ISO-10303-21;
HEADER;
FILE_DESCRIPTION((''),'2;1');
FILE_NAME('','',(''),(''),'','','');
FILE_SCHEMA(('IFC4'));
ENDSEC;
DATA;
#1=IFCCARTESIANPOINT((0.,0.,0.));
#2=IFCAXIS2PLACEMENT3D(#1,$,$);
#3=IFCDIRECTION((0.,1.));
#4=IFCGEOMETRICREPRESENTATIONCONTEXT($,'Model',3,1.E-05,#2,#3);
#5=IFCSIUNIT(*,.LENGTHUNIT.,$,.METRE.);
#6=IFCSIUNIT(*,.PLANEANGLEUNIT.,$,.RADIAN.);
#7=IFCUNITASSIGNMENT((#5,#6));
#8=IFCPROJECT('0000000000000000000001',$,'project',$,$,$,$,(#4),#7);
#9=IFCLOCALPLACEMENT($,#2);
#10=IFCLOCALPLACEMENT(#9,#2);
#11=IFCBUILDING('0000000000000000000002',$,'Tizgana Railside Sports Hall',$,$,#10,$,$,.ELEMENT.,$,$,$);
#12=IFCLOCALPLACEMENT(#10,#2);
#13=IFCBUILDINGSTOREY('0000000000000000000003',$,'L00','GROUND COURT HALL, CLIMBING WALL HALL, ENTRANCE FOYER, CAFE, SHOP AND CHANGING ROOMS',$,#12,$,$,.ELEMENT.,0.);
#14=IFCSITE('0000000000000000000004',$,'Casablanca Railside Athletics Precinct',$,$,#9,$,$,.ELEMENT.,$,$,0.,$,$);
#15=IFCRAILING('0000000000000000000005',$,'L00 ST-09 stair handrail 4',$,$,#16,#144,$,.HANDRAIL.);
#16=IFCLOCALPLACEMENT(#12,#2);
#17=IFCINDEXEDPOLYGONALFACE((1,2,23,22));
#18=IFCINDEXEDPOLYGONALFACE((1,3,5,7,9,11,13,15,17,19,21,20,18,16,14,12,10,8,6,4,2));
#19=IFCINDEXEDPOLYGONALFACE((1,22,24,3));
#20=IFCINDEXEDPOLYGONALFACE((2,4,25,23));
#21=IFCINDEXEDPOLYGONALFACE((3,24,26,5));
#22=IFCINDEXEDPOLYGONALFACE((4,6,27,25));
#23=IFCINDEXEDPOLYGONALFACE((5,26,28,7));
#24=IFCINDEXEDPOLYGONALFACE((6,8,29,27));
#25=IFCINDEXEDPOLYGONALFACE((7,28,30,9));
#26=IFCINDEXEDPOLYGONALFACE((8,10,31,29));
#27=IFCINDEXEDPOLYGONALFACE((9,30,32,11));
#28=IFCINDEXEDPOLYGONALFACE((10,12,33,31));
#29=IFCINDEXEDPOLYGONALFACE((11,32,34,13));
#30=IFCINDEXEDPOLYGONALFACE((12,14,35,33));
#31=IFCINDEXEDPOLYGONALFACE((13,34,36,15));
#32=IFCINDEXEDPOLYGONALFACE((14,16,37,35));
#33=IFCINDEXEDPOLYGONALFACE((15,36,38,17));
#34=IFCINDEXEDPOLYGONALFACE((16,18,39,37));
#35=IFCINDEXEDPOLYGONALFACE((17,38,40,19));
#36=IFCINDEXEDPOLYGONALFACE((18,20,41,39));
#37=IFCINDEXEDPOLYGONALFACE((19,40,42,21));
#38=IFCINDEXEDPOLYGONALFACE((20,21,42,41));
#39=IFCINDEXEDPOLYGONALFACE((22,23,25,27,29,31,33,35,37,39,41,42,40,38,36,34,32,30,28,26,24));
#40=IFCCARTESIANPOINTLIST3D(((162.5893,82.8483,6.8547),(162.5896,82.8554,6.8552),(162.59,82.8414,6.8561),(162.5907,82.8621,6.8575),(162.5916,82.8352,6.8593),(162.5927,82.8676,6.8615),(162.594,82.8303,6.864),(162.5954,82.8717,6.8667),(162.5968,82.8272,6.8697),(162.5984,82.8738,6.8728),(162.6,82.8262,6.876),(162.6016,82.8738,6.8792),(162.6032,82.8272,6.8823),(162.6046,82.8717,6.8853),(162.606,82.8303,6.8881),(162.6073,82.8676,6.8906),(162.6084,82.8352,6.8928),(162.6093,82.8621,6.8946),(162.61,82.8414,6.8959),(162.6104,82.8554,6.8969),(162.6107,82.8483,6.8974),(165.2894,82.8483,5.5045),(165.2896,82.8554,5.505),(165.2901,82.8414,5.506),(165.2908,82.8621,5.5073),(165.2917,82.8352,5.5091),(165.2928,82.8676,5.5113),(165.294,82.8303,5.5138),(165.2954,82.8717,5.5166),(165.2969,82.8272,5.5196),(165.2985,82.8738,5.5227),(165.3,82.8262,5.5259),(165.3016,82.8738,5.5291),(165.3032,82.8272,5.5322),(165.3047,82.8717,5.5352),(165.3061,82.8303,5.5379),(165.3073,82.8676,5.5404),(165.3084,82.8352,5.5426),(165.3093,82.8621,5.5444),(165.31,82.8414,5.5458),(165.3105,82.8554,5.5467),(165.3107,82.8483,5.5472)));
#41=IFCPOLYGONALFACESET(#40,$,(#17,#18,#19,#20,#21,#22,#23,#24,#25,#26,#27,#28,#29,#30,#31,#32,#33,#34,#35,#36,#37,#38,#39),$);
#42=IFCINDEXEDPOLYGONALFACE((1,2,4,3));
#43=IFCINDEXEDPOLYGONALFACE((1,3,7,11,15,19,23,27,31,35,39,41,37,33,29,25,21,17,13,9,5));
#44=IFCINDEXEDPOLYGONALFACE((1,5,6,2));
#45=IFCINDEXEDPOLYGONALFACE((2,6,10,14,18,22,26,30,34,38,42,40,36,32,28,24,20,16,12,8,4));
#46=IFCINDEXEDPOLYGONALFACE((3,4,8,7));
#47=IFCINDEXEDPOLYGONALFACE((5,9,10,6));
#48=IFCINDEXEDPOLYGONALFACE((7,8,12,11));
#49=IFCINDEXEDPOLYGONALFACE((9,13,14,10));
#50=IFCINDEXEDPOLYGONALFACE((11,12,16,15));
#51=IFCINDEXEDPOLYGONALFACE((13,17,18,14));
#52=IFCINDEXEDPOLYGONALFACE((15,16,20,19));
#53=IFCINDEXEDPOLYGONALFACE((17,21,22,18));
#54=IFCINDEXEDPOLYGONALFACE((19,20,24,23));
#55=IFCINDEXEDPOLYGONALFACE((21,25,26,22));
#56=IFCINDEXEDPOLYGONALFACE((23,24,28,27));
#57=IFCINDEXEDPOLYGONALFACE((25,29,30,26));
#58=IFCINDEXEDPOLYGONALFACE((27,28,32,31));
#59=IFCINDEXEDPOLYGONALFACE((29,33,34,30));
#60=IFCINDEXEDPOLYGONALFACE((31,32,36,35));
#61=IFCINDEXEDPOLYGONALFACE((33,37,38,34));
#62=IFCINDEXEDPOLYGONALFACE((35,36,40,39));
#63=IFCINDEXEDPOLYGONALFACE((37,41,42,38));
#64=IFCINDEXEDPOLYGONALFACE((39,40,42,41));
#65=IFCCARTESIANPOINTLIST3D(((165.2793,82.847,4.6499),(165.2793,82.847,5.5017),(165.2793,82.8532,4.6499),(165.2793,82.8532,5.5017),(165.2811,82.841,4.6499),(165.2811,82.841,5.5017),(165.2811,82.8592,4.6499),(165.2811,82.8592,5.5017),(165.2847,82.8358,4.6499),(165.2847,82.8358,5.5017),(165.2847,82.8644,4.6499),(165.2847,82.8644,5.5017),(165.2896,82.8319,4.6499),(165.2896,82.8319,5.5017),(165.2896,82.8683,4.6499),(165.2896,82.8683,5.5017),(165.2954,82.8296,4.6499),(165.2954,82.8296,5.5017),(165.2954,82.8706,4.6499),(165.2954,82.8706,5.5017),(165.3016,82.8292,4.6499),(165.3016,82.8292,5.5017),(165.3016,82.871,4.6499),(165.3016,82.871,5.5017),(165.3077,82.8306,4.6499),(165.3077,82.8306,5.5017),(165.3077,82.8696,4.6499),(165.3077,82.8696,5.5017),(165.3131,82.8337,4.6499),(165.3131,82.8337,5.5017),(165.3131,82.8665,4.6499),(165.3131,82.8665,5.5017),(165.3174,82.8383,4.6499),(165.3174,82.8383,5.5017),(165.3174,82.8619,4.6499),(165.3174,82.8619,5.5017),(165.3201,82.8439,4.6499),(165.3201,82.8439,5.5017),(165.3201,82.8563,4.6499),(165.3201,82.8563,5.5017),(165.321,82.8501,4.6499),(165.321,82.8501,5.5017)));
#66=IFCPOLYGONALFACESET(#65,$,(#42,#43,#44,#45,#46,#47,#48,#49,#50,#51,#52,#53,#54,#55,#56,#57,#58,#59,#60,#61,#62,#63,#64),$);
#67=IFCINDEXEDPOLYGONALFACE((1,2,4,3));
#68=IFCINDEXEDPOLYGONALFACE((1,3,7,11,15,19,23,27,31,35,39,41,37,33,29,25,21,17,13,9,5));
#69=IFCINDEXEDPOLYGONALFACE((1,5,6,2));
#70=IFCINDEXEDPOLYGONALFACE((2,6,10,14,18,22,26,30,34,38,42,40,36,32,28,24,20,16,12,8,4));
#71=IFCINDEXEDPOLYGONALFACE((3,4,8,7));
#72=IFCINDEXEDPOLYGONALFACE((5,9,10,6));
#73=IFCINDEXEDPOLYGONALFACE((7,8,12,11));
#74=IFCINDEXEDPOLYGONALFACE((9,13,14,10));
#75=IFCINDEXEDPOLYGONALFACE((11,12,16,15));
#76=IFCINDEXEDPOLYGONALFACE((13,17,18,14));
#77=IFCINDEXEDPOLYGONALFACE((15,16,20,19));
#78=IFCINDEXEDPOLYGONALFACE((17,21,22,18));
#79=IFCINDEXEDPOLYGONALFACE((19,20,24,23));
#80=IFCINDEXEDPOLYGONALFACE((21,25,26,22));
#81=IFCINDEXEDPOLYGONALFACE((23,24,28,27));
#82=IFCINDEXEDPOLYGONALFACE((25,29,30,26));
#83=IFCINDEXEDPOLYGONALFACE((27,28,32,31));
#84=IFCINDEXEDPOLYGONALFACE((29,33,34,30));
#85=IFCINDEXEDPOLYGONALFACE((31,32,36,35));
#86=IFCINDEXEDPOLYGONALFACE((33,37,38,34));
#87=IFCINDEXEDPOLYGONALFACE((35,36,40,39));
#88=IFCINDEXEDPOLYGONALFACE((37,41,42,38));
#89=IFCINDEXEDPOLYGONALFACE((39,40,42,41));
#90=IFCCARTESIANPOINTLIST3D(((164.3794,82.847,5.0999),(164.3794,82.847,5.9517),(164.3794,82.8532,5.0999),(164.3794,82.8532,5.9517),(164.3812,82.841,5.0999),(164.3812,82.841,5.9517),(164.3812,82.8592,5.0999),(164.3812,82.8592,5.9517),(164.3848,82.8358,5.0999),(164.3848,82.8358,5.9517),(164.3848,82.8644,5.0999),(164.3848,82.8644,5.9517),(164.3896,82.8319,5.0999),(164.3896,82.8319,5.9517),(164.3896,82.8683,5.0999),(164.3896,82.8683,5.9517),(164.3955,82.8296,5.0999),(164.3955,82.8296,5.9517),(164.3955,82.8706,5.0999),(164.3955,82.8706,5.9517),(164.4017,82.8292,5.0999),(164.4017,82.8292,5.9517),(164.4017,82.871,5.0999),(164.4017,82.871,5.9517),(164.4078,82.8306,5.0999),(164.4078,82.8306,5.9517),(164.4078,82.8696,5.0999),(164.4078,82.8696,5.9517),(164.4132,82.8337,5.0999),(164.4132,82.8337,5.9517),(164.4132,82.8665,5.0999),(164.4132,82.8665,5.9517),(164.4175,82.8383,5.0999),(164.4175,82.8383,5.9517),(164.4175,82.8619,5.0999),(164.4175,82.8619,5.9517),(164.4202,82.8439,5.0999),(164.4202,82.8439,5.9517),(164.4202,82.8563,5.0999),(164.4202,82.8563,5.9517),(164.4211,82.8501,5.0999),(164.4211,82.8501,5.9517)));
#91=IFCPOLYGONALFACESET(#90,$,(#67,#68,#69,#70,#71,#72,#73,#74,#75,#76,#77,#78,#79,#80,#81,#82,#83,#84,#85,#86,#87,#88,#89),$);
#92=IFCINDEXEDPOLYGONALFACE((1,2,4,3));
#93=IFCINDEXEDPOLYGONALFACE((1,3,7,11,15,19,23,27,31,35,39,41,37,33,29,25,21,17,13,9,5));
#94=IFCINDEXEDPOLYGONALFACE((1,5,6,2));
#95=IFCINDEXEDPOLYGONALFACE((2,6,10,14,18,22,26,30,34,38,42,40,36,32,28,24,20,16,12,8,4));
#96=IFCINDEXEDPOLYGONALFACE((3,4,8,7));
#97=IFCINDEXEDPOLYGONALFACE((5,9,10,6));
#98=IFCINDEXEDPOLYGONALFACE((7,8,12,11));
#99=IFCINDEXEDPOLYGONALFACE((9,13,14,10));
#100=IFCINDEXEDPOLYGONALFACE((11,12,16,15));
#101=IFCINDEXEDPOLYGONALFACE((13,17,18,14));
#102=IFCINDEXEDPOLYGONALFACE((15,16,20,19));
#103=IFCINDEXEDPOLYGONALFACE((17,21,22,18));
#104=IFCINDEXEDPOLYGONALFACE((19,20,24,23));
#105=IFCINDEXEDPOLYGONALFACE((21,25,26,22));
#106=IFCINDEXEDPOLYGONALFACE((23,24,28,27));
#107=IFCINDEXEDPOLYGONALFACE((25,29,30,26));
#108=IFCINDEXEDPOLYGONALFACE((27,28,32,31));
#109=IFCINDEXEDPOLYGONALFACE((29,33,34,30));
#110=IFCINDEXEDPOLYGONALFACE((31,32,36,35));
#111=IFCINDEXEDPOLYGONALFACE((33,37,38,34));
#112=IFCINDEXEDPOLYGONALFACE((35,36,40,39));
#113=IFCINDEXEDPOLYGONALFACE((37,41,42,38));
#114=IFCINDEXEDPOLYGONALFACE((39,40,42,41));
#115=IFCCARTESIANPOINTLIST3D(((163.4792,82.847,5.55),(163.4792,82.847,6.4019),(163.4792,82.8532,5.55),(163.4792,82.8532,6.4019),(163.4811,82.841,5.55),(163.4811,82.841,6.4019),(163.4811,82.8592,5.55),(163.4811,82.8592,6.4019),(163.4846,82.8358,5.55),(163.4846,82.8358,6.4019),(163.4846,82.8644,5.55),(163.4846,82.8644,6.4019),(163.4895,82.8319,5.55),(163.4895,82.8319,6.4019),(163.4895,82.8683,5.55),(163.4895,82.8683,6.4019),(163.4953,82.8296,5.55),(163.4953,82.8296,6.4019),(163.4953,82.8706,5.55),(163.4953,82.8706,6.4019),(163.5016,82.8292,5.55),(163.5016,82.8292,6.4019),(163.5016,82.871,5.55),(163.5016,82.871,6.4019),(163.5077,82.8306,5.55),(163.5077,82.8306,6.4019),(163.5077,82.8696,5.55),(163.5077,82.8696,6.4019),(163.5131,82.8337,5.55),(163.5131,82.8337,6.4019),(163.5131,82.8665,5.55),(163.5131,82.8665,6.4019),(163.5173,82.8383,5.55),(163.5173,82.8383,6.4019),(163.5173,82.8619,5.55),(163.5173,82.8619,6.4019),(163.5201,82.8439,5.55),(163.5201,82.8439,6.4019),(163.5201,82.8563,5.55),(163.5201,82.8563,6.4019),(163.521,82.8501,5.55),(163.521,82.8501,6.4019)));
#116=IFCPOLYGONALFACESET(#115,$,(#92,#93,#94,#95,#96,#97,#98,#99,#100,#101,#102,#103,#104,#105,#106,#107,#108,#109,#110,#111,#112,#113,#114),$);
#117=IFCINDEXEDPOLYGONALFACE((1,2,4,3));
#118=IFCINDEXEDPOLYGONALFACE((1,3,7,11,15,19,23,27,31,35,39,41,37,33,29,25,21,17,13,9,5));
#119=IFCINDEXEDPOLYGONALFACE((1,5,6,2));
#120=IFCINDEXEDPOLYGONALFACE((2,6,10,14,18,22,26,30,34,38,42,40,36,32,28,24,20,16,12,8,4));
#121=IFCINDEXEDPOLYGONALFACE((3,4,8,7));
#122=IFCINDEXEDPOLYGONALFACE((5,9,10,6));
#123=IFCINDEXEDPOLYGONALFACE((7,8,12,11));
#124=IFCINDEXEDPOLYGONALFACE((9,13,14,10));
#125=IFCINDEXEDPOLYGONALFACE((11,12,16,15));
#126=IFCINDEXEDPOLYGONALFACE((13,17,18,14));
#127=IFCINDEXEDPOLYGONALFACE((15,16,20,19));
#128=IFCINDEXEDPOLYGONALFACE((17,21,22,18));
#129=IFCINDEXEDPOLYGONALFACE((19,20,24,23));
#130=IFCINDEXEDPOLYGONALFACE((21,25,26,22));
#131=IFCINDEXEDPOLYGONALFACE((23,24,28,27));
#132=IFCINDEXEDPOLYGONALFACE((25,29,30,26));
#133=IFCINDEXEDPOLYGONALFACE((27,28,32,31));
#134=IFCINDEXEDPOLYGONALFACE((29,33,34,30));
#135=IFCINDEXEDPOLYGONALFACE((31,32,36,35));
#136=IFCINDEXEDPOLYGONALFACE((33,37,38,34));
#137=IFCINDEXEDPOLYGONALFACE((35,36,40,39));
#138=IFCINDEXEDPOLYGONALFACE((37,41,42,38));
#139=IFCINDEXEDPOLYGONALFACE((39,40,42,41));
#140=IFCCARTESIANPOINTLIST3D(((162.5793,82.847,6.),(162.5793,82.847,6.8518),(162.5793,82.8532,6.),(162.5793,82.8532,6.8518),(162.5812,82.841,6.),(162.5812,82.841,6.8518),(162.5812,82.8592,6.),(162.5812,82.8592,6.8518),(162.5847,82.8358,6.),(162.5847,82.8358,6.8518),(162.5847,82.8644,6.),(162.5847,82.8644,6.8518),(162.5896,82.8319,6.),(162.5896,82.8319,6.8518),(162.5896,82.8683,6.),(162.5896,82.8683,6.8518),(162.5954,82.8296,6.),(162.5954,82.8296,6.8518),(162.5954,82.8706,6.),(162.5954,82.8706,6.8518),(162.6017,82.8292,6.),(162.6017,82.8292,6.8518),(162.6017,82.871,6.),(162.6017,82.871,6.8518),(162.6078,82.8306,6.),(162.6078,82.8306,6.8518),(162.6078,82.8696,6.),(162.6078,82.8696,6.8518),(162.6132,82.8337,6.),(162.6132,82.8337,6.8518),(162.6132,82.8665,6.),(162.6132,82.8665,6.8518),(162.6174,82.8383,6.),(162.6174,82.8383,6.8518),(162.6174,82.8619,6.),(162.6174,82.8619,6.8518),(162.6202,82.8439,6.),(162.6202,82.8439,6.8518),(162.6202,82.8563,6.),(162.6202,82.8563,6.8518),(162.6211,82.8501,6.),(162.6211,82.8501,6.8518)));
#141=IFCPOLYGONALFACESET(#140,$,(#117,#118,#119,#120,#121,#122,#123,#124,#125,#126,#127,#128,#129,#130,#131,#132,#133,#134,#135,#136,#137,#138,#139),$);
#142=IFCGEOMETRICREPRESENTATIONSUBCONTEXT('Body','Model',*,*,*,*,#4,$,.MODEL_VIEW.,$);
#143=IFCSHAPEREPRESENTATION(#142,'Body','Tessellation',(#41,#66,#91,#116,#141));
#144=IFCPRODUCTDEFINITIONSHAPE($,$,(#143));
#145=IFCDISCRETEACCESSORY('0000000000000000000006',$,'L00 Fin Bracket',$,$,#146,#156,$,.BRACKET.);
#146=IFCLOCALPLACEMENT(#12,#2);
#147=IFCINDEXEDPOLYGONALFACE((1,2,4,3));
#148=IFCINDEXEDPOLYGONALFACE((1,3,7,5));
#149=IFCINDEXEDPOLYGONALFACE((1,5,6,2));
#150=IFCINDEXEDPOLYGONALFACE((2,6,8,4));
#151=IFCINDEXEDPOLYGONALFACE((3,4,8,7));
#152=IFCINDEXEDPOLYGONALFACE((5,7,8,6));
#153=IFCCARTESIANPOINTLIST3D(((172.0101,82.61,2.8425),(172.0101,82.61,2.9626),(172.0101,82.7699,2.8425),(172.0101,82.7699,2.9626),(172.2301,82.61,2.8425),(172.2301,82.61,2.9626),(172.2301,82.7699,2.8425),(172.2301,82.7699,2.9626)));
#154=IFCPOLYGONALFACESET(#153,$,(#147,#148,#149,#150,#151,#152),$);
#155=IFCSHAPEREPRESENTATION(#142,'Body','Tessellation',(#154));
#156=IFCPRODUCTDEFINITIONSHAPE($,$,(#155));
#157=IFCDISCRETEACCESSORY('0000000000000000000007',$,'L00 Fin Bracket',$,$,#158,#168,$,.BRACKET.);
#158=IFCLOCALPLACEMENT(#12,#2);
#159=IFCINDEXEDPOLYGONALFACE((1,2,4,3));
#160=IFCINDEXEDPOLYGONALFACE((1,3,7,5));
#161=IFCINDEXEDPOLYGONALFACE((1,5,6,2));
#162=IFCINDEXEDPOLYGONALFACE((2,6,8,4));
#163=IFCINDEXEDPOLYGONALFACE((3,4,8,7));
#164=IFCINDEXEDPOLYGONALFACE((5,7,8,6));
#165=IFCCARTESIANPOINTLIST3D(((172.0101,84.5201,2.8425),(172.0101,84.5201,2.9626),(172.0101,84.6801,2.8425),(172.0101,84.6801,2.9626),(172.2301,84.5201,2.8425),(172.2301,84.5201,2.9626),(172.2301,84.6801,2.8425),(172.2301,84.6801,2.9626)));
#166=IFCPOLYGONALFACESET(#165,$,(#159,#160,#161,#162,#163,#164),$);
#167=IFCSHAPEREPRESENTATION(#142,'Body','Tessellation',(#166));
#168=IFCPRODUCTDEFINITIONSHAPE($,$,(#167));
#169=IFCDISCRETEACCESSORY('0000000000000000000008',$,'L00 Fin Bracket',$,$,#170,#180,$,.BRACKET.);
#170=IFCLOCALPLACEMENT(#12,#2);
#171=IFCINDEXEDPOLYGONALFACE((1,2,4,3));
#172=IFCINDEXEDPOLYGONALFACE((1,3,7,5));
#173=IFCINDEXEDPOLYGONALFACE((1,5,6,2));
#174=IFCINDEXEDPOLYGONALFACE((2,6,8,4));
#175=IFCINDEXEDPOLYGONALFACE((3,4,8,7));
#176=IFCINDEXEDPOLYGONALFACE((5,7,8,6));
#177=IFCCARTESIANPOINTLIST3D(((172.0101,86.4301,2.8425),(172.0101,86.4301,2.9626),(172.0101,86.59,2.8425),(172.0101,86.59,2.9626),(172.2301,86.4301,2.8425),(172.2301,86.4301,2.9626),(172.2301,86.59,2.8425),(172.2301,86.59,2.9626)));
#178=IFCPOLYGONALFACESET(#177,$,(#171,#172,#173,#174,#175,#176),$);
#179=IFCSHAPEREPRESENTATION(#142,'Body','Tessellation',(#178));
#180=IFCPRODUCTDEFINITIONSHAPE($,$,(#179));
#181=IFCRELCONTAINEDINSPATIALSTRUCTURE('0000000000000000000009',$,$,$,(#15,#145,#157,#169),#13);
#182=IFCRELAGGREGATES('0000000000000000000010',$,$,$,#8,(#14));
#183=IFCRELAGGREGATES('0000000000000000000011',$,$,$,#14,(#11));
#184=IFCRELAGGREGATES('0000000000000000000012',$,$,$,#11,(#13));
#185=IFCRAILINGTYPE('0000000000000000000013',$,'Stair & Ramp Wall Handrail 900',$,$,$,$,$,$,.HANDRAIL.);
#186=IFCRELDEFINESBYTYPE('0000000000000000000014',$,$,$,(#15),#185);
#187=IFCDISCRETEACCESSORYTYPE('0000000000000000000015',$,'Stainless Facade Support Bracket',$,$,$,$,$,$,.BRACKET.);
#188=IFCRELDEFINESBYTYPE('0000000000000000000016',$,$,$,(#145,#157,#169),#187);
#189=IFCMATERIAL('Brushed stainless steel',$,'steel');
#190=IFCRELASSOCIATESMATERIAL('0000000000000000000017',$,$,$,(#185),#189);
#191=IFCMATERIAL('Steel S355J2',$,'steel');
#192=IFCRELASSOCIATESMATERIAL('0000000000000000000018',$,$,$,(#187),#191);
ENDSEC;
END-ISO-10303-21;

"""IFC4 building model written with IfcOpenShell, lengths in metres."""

from ifc_helpers import new_model, si_unit, direction, frame, origin, origin_2d, place, context, subcontext, project, spatial, rectangle, circle, extrude, material, type_object, element, save


model = new_model("IFC4")

# Units and contexts
model_context = context("Model", 3, precision=1e-05, world=origin(), true_north=direction((0.0, 1.0)))
body_context = subcontext(model_context, "Body", "Model", "MODEL_VIEW")
ifc_project = project(units=[si_unit("LENGTHUNIT", "METRE"), si_unit("PLANEANGLEUNIT", "RADIAN")], contexts=[model_context])

# Site, building, storey
site_placement = place(None, origin())
site = spatial("IfcSite", under=ifc_project, at=site_placement, Name="Casablanca Railside Athletics Precinct", CompositionType="ELEMENT", RefElevation=0.0)
building_placement = place(site_placement, origin())
building = spatial("IfcBuilding", under=site, at=building_placement, Name="Tizgana Railside Sports Hall", CompositionType="ELEMENT")
storey_placement = place(building_placement, origin())
storey = spatial("IfcBuildingStorey", under=building, at=storey_placement, Name="L00", Description="GROUND COURT HALL, CLIMBING WALL HALL, ENTRANCE FOYER, CAFE, SHOP AND CHANGING ROOMS", CompositionType="ELEMENT", Elevation=0.0)

# Railing
ifc_material_1 = material(Name="Brushed stainless steel", Category="steel")
railing_type_1 = type_object("IfcRailingType", Name="Stair & Ramp Wall Handrail 900", PredefinedType="HANDRAIL", material=ifc_material_1)
for number, where, name in (
    (1, (165.3, 82.8501, 4.6499), "L00 ST-09 stair handrail 4"),
):
    element("IfcRailing", number, at=place(storey_placement, frame(where)), inside=storey, type_object=railing_type_1, Name=name, PredefinedType="HANDRAIL", context=body_context, shape_type="SweptSolid", body=[
        extrude(circle(Radius=0.0239, at=origin_2d()), frame((0.0, 0.0, 0.876), z_axis=(-0.894411, 0.0, 0.447246), x_axis=(0.0, -1.0, 0.0)), (0.0, 0.0, 1.0), 3.0188),
        extrude(circle(Radius=0.021, at=origin_2d()), origin(), (0.0, 0.0, 1.0), 0.8518),
        extrude(circle(Radius=0.021, at=origin_2d()), frame((-0.8999, 0.0, 0.45)), (0.0, 0.0, 1.0), 0.8518),
        extrude(circle(Radius=0.021, at=origin_2d()), frame((-1.8, 0.0, 0.9001)), (0.0, 0.0, 1.0), 0.8518),
        extrude(circle(Radius=0.021, at=origin_2d()), frame((-2.7, 0.0, 1.3501)), (0.0, 0.0, 1.0), 0.8518),
    ])

# Discrete accessories
ifc_material_2 = material(Name="Steel S355J2", Category="steel")
discrete_accessory_type = type_object("IfcDiscreteAccessoryType", Name="Stainless Facade Support Bracket", PredefinedType="BRACKET", material=ifc_material_2)
for number, where, z_axis, x_axis, name in (
    (2, (172.1201, 82.6899, 2.8425), (0.0, 0.0, 1.0), (0.0, 1.0, 0.0), "L00 Fin Bracket"),
    (3, (172.1201, 84.6001, 2.8425), (0.0, 0.0, 1.0), (0.0, 1.0, 0.0), "L00 Fin Bracket"),
    (4, (172.1201, 86.51, 2.8425), (0.0, 0.0, 1.0), (0.0, 1.0, 0.0), "L00 Fin Bracket"),
):
    element("IfcDiscreteAccessory", number, at=place(storey_placement, frame(where, z_axis=z_axis, x_axis=x_axis)), inside=storey, type_object=discrete_accessory_type, Name=name, PredefinedType="BRACKET", context=body_context, shape_type="SweptSolid", body=[
        extrude(rectangle(XDim=0.1599, YDim=0.22, at=origin_2d()), origin(), (0.0, 0.0, 1.0), 0.1201),
    ])

save(model, "model.ifc")
